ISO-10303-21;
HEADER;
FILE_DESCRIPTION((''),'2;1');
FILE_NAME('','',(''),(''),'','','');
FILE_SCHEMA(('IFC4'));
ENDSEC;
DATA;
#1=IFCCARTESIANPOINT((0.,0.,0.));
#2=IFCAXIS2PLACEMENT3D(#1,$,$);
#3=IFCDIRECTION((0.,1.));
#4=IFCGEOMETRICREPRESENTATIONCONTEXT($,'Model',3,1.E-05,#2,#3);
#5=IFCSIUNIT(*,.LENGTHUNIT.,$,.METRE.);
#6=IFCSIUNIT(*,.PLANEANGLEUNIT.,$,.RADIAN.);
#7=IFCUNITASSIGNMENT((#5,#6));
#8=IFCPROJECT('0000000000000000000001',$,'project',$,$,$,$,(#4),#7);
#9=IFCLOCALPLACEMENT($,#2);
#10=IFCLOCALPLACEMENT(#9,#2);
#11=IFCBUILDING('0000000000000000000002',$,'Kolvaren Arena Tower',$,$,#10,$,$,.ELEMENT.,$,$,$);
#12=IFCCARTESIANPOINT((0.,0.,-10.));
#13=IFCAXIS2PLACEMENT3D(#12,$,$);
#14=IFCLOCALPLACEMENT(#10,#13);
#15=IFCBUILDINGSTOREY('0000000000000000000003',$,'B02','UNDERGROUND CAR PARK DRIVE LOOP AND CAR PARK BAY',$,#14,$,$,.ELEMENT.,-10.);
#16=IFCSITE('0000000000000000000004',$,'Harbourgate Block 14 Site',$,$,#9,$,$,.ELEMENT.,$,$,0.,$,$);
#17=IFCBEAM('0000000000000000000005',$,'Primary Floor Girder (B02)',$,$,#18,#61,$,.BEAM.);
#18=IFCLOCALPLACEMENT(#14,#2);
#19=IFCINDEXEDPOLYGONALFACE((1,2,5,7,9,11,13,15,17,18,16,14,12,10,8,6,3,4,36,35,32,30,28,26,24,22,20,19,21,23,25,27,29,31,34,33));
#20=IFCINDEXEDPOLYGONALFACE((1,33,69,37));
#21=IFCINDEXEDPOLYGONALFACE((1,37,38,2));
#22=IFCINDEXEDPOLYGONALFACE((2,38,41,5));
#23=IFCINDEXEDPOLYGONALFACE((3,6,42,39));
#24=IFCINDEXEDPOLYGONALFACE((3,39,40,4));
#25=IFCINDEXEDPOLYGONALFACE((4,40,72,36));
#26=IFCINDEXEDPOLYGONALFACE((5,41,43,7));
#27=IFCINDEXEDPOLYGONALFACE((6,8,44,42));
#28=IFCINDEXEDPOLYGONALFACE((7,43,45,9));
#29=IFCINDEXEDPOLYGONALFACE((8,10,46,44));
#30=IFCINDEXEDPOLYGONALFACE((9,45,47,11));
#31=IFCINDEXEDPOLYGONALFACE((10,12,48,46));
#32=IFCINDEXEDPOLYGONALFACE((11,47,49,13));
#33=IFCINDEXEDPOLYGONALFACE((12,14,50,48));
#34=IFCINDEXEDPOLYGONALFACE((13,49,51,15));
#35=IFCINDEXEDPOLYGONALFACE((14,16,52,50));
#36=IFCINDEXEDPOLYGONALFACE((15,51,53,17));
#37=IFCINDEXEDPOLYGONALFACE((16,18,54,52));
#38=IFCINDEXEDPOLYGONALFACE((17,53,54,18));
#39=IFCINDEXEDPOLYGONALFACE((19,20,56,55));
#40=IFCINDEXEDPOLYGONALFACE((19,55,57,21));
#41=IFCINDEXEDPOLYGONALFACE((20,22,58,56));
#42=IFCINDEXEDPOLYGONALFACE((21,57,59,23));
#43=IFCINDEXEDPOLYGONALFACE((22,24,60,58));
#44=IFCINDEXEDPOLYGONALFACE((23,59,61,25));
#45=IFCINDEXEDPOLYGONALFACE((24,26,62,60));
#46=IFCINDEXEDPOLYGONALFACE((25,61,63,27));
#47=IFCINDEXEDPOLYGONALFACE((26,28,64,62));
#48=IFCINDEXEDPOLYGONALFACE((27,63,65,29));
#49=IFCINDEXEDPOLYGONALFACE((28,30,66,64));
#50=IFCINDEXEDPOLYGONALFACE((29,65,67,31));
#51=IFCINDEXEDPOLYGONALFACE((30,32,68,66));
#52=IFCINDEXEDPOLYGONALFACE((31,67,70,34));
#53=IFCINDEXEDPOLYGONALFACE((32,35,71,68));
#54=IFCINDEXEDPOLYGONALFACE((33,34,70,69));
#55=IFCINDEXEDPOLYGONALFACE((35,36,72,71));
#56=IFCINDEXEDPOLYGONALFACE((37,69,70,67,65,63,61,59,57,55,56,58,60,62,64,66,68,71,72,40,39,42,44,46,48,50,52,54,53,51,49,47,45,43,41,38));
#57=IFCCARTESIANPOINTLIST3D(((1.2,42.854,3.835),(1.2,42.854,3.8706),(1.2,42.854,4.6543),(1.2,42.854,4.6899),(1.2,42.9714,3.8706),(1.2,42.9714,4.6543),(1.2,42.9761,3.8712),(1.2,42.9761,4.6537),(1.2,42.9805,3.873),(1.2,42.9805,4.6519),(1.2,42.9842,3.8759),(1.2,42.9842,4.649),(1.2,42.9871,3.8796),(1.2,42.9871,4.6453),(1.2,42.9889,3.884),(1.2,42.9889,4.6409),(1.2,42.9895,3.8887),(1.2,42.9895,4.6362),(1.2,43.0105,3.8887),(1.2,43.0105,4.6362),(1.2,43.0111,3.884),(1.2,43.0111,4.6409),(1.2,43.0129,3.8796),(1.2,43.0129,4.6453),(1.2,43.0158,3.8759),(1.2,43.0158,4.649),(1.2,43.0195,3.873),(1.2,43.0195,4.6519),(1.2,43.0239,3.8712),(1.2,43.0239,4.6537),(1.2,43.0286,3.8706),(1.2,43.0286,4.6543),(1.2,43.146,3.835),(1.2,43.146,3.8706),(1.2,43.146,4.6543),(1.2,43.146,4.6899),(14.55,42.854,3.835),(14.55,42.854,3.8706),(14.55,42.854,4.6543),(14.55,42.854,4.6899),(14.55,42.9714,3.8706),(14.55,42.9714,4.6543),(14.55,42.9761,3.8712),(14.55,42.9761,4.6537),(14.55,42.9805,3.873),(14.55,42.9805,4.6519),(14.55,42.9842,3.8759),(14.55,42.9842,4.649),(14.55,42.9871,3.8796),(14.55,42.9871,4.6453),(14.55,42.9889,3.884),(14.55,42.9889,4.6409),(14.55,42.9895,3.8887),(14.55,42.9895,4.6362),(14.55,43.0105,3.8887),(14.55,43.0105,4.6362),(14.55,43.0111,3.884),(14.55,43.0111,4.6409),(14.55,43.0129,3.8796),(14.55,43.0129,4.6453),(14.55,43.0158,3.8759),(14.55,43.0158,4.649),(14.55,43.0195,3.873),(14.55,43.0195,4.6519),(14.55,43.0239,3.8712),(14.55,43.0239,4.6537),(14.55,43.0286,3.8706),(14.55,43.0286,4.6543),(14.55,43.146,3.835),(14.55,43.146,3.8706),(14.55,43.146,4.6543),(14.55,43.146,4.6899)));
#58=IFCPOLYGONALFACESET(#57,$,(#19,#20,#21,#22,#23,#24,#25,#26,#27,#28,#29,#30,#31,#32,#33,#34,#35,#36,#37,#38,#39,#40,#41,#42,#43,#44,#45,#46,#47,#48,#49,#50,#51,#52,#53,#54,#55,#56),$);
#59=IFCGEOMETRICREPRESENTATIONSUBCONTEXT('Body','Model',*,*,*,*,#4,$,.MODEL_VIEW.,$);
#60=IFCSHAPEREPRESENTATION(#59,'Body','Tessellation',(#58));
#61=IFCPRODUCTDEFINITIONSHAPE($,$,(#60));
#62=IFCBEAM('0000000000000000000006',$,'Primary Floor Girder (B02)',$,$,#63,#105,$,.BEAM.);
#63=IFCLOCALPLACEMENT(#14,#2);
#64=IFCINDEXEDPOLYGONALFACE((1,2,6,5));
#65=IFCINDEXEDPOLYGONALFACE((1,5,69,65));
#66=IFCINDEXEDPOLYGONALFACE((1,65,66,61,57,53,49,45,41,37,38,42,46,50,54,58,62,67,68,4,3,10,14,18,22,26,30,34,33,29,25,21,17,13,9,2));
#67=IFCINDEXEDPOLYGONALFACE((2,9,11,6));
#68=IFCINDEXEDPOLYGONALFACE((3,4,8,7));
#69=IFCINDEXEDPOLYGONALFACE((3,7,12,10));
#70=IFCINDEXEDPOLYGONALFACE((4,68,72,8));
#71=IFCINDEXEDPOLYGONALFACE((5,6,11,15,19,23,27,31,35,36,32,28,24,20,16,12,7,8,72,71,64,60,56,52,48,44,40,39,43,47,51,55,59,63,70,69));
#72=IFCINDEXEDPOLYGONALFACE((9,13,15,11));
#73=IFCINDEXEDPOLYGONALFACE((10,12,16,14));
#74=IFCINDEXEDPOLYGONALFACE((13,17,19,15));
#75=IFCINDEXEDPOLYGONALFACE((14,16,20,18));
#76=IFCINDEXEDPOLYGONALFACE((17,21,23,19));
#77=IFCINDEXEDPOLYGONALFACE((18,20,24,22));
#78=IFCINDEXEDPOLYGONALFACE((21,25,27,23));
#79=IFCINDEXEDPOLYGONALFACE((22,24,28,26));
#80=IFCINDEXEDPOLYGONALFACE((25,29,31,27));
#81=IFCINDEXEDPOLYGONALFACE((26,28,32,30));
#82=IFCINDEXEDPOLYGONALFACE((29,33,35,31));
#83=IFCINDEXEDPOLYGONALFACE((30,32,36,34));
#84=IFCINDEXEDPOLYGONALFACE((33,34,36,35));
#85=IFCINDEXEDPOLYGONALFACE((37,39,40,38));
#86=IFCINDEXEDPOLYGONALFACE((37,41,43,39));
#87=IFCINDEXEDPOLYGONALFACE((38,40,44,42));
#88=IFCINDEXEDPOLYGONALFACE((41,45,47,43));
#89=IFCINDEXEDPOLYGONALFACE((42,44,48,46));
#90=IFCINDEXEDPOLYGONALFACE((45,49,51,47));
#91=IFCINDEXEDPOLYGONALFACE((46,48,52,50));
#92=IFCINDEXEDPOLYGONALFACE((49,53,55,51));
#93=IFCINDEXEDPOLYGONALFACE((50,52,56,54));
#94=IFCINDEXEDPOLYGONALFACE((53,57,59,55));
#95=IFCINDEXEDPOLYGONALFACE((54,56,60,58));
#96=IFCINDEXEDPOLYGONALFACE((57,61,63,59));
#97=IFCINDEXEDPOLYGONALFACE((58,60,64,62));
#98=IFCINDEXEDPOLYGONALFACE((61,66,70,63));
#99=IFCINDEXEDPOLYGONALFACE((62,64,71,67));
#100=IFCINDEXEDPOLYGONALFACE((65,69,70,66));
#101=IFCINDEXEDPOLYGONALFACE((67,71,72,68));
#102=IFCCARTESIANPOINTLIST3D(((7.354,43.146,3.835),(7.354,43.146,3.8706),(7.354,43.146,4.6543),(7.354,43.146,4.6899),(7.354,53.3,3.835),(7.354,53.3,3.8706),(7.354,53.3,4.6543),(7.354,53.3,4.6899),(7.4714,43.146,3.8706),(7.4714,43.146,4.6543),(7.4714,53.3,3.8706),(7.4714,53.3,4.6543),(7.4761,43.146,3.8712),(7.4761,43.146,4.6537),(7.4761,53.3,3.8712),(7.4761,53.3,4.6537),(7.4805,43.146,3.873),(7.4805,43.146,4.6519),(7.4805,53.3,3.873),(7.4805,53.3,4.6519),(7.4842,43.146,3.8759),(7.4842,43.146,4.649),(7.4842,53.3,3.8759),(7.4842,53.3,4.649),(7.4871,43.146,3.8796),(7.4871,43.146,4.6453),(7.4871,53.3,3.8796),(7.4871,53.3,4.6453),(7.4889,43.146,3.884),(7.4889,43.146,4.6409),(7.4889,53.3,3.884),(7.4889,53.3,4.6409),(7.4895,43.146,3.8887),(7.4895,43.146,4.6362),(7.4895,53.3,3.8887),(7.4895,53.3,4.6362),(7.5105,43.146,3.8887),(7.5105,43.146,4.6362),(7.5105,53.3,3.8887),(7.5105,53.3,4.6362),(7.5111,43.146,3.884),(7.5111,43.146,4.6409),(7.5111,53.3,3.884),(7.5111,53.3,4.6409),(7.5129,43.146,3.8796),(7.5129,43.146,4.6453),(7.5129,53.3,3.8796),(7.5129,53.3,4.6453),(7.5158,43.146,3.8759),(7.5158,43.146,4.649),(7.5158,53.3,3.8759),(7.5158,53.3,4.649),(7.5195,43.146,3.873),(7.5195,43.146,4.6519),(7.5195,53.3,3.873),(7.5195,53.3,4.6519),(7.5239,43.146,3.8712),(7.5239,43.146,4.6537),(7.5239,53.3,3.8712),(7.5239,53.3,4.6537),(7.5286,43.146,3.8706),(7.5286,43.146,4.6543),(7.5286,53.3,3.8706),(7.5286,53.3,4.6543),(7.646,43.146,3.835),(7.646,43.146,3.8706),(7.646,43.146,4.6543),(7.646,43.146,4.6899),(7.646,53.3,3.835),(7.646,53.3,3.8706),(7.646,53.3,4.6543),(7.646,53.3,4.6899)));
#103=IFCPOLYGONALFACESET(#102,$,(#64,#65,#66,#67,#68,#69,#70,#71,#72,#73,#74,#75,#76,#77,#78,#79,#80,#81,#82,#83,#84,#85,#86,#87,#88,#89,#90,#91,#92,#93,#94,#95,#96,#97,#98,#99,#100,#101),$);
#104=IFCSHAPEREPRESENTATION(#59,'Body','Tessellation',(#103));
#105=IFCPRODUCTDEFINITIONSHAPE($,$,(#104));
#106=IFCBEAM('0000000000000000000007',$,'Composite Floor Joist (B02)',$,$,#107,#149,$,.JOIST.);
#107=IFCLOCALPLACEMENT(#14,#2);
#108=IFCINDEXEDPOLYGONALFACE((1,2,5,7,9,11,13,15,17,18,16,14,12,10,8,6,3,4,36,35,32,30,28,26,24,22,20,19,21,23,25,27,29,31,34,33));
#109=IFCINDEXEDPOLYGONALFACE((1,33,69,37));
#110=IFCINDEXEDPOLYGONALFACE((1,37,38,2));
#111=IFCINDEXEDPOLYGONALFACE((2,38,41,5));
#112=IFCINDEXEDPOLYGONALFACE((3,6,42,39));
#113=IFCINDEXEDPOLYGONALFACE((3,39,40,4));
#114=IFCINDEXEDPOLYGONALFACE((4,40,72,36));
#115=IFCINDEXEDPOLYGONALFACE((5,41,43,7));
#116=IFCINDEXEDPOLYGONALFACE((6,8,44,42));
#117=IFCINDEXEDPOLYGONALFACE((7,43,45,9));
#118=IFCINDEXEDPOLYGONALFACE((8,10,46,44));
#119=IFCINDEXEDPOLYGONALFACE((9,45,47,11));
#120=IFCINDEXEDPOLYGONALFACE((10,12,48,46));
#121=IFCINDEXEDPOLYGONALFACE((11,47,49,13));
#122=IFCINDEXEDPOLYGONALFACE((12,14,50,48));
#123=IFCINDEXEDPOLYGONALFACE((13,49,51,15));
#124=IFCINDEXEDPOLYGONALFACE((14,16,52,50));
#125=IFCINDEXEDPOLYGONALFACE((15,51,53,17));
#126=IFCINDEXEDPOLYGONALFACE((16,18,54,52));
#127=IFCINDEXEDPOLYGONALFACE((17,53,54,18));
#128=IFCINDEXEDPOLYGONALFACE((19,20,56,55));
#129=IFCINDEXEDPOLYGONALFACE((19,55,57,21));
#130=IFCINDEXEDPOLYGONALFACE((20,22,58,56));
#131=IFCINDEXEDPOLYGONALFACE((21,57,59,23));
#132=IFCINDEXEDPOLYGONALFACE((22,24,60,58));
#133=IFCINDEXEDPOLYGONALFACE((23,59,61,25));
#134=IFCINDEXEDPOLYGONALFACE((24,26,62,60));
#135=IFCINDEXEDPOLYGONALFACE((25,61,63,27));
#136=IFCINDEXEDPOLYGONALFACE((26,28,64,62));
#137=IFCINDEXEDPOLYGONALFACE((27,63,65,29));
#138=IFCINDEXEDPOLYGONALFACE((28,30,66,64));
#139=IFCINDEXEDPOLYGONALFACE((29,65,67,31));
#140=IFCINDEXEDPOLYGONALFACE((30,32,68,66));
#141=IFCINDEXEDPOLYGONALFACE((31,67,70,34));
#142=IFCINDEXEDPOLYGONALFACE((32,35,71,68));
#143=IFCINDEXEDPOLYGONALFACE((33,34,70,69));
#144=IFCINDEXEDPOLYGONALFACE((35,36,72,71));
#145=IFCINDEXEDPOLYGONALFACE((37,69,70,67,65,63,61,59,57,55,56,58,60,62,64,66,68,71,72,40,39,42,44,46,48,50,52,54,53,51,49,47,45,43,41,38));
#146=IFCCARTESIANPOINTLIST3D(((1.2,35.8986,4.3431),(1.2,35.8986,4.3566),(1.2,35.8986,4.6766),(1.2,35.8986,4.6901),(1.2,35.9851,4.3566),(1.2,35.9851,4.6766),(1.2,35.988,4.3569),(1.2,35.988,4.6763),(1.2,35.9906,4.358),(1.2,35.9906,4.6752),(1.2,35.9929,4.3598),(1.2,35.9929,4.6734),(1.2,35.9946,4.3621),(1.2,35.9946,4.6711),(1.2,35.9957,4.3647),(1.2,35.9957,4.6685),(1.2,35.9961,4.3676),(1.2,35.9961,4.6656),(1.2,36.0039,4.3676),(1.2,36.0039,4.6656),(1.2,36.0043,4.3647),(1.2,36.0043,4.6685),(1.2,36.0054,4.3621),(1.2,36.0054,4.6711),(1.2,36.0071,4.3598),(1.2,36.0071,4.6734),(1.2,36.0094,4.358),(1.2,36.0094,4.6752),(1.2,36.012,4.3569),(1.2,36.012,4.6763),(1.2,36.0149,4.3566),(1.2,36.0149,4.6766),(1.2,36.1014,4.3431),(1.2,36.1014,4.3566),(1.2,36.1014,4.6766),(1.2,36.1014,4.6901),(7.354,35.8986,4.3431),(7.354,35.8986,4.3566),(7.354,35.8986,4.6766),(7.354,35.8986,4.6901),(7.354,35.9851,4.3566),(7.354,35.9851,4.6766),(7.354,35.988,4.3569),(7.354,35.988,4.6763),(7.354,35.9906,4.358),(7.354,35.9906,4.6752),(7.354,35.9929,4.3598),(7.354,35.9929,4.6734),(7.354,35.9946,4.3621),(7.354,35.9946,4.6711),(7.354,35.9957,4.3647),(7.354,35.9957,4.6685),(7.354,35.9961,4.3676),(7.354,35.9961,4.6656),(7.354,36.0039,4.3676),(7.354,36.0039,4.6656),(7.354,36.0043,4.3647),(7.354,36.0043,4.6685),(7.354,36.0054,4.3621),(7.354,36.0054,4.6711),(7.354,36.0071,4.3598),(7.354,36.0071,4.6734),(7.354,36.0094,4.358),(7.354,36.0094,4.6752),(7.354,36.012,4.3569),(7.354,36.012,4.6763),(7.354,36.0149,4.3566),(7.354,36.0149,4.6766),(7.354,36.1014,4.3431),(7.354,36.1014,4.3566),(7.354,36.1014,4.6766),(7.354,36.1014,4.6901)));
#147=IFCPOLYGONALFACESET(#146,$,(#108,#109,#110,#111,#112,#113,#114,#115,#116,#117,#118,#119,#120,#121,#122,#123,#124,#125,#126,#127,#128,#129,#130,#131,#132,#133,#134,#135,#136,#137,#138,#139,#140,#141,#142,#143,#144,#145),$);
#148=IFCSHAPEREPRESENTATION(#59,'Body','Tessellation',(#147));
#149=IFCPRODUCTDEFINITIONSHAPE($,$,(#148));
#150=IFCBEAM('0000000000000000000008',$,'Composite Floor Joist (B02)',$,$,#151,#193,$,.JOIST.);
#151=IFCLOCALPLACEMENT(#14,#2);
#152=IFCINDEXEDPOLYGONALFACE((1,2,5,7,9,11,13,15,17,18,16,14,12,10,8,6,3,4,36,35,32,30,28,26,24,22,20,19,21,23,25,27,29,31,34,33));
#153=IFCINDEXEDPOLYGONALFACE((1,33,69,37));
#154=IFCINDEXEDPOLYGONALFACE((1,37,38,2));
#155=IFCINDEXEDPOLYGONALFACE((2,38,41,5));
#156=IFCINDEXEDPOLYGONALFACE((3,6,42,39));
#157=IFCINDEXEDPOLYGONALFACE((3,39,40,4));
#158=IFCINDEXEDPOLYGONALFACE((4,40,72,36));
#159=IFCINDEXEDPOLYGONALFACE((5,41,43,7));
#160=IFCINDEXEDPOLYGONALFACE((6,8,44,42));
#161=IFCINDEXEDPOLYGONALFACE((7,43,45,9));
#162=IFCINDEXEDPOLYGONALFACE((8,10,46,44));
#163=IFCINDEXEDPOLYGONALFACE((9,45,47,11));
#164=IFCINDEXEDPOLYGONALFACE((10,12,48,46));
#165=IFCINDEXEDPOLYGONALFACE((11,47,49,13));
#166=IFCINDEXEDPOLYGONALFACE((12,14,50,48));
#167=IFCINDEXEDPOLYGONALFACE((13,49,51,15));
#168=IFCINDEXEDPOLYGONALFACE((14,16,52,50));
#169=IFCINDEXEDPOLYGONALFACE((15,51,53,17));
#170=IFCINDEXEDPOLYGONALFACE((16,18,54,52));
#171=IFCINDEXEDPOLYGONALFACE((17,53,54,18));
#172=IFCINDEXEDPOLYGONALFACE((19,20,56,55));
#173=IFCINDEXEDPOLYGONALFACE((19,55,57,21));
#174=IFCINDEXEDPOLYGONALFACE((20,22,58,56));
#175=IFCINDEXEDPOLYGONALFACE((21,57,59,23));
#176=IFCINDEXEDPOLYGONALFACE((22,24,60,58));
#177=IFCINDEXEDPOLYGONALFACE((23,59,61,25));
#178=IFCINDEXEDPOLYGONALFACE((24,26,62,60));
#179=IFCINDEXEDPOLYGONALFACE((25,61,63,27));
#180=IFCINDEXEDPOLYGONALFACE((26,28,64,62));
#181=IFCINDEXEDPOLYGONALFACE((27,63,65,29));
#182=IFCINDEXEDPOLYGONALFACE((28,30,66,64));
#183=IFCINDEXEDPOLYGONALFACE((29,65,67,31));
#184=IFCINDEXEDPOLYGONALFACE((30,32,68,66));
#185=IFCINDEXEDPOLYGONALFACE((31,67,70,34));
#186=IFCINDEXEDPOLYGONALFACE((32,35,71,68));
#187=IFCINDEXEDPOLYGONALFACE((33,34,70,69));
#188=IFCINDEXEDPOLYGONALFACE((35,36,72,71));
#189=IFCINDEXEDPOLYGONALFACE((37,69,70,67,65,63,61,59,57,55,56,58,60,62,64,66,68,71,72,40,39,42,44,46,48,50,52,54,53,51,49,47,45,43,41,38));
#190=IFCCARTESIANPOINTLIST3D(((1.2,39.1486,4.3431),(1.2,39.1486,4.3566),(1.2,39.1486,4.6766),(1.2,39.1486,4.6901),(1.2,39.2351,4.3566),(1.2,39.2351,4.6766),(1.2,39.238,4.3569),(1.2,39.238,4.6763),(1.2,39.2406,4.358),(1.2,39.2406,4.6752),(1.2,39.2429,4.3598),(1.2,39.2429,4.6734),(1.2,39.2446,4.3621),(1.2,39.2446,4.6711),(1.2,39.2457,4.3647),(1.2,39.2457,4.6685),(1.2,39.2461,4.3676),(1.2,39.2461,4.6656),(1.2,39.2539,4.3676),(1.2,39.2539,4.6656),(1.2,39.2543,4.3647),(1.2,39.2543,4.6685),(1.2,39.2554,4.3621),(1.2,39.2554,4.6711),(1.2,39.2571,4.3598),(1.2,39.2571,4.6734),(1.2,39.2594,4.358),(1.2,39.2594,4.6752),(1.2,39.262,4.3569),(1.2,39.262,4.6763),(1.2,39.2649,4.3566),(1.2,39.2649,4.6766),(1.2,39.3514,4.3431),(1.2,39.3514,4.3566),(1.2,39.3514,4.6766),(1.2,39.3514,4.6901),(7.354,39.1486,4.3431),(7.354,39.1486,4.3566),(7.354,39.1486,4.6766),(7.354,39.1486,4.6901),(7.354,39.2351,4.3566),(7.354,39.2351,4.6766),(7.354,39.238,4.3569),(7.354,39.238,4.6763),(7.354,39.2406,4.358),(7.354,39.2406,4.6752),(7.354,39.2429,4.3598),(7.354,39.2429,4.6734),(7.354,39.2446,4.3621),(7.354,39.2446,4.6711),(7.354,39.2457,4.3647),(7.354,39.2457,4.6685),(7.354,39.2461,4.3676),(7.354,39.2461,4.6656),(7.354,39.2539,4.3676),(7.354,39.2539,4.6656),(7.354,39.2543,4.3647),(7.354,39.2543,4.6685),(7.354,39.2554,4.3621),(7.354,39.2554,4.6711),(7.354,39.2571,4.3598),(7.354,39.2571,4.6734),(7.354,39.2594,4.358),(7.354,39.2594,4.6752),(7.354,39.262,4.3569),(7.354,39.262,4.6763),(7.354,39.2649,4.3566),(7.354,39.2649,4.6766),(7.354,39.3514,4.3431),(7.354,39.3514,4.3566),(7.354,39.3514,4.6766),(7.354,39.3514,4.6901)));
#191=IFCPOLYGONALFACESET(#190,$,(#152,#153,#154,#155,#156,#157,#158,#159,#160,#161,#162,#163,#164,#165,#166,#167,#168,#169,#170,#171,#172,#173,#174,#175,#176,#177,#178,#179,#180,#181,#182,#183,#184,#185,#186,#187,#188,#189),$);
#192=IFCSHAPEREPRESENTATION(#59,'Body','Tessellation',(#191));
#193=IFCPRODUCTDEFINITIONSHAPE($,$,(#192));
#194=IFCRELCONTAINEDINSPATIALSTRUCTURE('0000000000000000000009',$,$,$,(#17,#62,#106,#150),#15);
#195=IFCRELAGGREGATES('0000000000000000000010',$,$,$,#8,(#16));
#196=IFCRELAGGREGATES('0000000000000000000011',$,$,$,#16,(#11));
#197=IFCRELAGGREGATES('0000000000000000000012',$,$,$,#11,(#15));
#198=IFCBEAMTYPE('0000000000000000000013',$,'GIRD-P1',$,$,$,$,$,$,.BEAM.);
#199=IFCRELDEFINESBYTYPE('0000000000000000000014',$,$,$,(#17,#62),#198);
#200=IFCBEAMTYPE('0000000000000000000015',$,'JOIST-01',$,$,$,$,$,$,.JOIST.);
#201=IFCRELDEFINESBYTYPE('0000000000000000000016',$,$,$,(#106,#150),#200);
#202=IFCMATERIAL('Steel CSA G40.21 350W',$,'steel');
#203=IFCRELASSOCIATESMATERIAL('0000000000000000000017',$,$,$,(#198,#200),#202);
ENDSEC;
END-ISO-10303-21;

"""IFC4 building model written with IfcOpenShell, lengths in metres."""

from ifc_helpers import new_model, si_unit, direction, frame, origin, origin_2d, place, context, subcontext, project, spatial, i_section, extrude, material, material_profile, profile_set, type_object, element, save


model = new_model("IFC4")

# Units and contexts
model_context = context("Model", 3, precision=1e-05, world=origin(), true_north=direction((0.0, 1.0)))
body_context = subcontext(model_context, "Body", "Model", "MODEL_VIEW")
ifc_project = project(units=[si_unit("LENGTHUNIT", "METRE"), si_unit("PLANEANGLEUNIT", "RADIAN")], contexts=[model_context])

# Site, building, storey
site_placement = place(None, origin())
site = spatial("IfcSite", under=ifc_project, at=site_placement, Name="Harbourgate Block 14 Site", CompositionType="ELEMENT", RefElevation=0.0)
building_placement = place(site_placement, origin())
building = spatial("IfcBuilding", under=site, at=building_placement, Name="Kolvaren Arena Tower", CompositionType="ELEMENT")
storey_placement = place(building_placement, frame((0.0, 0.0, -10.0)))
storey = spatial("IfcBuildingStorey", under=building, at=storey_placement, Name="B02", Description="UNDERGROUND CAR PARK DRIVE LOOP AND CAR PARK BAY", CompositionType="ELEMENT", Elevation=-10.0)

# Beams
ifc_material_1 = material(Name="Steel CSA G40.21 350W", Category="steel")
ifc_material_profile_1 = material_profile(ifc_material_1, i_section(OverallWidth=0.292, OverallDepth=0.855, WebThickness=0.021, FlangeThickness=0.0356, FilletRadius=0.0181, at=origin_2d()), Name="W840x299")
ifc_profile_set_1 = profile_set([ifc_material_profile_1], Name="Steel CSA G40.21 350W")
beam_type_1 = type_object("IfcBeamType", Name="GIRD-P1", PredefinedType="BEAM", material=ifc_profile_set_1)
beam_1_placement = place(storey_placement, frame((1.2, 43.0, 4.2625), z_axis=(1.0, 0.0, 0.0), x_axis=(0.0, 1.0, 0.0)))
element("IfcBeam", 1, at=beam_1_placement, inside=storey, type_object=beam_type_1, Name="Primary Floor Girder (B02)", PredefinedType="BEAM", context=body_context, shape_type="SweptSolid", body=[
    extrude(i_section(OverallWidth=0.292, OverallDepth=0.855, WebThickness=0.021, FlangeThickness=0.0356, FilletRadius=0.0181, at=origin_2d()), origin(), (0.0, 0.0, 1.0), 13.3501),
])
beam_2_placement = place(storey_placement, frame((7.5, 43.146, 4.2625), z_axis=(0.0, 1.0, 0.0), x_axis=(-1.0, 0.0, 0.0)))
element("IfcBeam", 2, at=beam_2_placement, inside=storey, type_object=beam_type_1, Name="Primary Floor Girder (B02)", PredefinedType="BEAM", context=body_context, shape_type="SweptSolid", body=[
    extrude(i_section(OverallWidth=0.292, OverallDepth=0.855, WebThickness=0.021, FlangeThickness=0.0356, FilletRadius=0.0181, at=origin_2d()), origin(), (0.0, 0.0, 1.0), 10.1541),
])
ifc_material_profile_2 = material_profile(ifc_material_1, i_section(OverallWidth=0.2029, OverallDepth=0.3469, WebThickness=0.0078, FlangeThickness=0.0134, FilletRadius=0.011, at=origin_2d()), Name="W360x64")
ifc_profile_set_2 = profile_set([ifc_material_profile_2], Name="Steel CSA G40.21 350W")
beam_type_2 = type_object("IfcBeamType", Name="JOIST-01", PredefinedType="JOIST", material=ifc_profile_set_2)
for number, where, z_axis, x_axis, name in (
    (3, (1.2, 36.0, 4.5166), (1.0, 0.0, 0.0), (0.0, 1.0, 0.0), "Composite Floor Joist (B02)"),
    (4, (1.2, 39.25, 4.5166), (1.0, 0.0, 0.0), (0.0, 1.0, 0.0), "Composite Floor Joist (B02)"),
):
    element("IfcBeam", number, at=place(storey_placement, frame(where, z_axis=z_axis, x_axis=x_axis)), inside=storey, type_object=beam_type_2, Name=name, PredefinedType="JOIST", context=body_context, shape_type="SweptSolid", body=[
        extrude(i_section(OverallWidth=0.2029, OverallDepth=0.3469, WebThickness=0.0078, FlangeThickness=0.0134, FilletRadius=0.011, at=origin_2d()), origin(), (0.0, 0.0, 1.0), 6.1541),
    ])

save(model, "model.ifc")
